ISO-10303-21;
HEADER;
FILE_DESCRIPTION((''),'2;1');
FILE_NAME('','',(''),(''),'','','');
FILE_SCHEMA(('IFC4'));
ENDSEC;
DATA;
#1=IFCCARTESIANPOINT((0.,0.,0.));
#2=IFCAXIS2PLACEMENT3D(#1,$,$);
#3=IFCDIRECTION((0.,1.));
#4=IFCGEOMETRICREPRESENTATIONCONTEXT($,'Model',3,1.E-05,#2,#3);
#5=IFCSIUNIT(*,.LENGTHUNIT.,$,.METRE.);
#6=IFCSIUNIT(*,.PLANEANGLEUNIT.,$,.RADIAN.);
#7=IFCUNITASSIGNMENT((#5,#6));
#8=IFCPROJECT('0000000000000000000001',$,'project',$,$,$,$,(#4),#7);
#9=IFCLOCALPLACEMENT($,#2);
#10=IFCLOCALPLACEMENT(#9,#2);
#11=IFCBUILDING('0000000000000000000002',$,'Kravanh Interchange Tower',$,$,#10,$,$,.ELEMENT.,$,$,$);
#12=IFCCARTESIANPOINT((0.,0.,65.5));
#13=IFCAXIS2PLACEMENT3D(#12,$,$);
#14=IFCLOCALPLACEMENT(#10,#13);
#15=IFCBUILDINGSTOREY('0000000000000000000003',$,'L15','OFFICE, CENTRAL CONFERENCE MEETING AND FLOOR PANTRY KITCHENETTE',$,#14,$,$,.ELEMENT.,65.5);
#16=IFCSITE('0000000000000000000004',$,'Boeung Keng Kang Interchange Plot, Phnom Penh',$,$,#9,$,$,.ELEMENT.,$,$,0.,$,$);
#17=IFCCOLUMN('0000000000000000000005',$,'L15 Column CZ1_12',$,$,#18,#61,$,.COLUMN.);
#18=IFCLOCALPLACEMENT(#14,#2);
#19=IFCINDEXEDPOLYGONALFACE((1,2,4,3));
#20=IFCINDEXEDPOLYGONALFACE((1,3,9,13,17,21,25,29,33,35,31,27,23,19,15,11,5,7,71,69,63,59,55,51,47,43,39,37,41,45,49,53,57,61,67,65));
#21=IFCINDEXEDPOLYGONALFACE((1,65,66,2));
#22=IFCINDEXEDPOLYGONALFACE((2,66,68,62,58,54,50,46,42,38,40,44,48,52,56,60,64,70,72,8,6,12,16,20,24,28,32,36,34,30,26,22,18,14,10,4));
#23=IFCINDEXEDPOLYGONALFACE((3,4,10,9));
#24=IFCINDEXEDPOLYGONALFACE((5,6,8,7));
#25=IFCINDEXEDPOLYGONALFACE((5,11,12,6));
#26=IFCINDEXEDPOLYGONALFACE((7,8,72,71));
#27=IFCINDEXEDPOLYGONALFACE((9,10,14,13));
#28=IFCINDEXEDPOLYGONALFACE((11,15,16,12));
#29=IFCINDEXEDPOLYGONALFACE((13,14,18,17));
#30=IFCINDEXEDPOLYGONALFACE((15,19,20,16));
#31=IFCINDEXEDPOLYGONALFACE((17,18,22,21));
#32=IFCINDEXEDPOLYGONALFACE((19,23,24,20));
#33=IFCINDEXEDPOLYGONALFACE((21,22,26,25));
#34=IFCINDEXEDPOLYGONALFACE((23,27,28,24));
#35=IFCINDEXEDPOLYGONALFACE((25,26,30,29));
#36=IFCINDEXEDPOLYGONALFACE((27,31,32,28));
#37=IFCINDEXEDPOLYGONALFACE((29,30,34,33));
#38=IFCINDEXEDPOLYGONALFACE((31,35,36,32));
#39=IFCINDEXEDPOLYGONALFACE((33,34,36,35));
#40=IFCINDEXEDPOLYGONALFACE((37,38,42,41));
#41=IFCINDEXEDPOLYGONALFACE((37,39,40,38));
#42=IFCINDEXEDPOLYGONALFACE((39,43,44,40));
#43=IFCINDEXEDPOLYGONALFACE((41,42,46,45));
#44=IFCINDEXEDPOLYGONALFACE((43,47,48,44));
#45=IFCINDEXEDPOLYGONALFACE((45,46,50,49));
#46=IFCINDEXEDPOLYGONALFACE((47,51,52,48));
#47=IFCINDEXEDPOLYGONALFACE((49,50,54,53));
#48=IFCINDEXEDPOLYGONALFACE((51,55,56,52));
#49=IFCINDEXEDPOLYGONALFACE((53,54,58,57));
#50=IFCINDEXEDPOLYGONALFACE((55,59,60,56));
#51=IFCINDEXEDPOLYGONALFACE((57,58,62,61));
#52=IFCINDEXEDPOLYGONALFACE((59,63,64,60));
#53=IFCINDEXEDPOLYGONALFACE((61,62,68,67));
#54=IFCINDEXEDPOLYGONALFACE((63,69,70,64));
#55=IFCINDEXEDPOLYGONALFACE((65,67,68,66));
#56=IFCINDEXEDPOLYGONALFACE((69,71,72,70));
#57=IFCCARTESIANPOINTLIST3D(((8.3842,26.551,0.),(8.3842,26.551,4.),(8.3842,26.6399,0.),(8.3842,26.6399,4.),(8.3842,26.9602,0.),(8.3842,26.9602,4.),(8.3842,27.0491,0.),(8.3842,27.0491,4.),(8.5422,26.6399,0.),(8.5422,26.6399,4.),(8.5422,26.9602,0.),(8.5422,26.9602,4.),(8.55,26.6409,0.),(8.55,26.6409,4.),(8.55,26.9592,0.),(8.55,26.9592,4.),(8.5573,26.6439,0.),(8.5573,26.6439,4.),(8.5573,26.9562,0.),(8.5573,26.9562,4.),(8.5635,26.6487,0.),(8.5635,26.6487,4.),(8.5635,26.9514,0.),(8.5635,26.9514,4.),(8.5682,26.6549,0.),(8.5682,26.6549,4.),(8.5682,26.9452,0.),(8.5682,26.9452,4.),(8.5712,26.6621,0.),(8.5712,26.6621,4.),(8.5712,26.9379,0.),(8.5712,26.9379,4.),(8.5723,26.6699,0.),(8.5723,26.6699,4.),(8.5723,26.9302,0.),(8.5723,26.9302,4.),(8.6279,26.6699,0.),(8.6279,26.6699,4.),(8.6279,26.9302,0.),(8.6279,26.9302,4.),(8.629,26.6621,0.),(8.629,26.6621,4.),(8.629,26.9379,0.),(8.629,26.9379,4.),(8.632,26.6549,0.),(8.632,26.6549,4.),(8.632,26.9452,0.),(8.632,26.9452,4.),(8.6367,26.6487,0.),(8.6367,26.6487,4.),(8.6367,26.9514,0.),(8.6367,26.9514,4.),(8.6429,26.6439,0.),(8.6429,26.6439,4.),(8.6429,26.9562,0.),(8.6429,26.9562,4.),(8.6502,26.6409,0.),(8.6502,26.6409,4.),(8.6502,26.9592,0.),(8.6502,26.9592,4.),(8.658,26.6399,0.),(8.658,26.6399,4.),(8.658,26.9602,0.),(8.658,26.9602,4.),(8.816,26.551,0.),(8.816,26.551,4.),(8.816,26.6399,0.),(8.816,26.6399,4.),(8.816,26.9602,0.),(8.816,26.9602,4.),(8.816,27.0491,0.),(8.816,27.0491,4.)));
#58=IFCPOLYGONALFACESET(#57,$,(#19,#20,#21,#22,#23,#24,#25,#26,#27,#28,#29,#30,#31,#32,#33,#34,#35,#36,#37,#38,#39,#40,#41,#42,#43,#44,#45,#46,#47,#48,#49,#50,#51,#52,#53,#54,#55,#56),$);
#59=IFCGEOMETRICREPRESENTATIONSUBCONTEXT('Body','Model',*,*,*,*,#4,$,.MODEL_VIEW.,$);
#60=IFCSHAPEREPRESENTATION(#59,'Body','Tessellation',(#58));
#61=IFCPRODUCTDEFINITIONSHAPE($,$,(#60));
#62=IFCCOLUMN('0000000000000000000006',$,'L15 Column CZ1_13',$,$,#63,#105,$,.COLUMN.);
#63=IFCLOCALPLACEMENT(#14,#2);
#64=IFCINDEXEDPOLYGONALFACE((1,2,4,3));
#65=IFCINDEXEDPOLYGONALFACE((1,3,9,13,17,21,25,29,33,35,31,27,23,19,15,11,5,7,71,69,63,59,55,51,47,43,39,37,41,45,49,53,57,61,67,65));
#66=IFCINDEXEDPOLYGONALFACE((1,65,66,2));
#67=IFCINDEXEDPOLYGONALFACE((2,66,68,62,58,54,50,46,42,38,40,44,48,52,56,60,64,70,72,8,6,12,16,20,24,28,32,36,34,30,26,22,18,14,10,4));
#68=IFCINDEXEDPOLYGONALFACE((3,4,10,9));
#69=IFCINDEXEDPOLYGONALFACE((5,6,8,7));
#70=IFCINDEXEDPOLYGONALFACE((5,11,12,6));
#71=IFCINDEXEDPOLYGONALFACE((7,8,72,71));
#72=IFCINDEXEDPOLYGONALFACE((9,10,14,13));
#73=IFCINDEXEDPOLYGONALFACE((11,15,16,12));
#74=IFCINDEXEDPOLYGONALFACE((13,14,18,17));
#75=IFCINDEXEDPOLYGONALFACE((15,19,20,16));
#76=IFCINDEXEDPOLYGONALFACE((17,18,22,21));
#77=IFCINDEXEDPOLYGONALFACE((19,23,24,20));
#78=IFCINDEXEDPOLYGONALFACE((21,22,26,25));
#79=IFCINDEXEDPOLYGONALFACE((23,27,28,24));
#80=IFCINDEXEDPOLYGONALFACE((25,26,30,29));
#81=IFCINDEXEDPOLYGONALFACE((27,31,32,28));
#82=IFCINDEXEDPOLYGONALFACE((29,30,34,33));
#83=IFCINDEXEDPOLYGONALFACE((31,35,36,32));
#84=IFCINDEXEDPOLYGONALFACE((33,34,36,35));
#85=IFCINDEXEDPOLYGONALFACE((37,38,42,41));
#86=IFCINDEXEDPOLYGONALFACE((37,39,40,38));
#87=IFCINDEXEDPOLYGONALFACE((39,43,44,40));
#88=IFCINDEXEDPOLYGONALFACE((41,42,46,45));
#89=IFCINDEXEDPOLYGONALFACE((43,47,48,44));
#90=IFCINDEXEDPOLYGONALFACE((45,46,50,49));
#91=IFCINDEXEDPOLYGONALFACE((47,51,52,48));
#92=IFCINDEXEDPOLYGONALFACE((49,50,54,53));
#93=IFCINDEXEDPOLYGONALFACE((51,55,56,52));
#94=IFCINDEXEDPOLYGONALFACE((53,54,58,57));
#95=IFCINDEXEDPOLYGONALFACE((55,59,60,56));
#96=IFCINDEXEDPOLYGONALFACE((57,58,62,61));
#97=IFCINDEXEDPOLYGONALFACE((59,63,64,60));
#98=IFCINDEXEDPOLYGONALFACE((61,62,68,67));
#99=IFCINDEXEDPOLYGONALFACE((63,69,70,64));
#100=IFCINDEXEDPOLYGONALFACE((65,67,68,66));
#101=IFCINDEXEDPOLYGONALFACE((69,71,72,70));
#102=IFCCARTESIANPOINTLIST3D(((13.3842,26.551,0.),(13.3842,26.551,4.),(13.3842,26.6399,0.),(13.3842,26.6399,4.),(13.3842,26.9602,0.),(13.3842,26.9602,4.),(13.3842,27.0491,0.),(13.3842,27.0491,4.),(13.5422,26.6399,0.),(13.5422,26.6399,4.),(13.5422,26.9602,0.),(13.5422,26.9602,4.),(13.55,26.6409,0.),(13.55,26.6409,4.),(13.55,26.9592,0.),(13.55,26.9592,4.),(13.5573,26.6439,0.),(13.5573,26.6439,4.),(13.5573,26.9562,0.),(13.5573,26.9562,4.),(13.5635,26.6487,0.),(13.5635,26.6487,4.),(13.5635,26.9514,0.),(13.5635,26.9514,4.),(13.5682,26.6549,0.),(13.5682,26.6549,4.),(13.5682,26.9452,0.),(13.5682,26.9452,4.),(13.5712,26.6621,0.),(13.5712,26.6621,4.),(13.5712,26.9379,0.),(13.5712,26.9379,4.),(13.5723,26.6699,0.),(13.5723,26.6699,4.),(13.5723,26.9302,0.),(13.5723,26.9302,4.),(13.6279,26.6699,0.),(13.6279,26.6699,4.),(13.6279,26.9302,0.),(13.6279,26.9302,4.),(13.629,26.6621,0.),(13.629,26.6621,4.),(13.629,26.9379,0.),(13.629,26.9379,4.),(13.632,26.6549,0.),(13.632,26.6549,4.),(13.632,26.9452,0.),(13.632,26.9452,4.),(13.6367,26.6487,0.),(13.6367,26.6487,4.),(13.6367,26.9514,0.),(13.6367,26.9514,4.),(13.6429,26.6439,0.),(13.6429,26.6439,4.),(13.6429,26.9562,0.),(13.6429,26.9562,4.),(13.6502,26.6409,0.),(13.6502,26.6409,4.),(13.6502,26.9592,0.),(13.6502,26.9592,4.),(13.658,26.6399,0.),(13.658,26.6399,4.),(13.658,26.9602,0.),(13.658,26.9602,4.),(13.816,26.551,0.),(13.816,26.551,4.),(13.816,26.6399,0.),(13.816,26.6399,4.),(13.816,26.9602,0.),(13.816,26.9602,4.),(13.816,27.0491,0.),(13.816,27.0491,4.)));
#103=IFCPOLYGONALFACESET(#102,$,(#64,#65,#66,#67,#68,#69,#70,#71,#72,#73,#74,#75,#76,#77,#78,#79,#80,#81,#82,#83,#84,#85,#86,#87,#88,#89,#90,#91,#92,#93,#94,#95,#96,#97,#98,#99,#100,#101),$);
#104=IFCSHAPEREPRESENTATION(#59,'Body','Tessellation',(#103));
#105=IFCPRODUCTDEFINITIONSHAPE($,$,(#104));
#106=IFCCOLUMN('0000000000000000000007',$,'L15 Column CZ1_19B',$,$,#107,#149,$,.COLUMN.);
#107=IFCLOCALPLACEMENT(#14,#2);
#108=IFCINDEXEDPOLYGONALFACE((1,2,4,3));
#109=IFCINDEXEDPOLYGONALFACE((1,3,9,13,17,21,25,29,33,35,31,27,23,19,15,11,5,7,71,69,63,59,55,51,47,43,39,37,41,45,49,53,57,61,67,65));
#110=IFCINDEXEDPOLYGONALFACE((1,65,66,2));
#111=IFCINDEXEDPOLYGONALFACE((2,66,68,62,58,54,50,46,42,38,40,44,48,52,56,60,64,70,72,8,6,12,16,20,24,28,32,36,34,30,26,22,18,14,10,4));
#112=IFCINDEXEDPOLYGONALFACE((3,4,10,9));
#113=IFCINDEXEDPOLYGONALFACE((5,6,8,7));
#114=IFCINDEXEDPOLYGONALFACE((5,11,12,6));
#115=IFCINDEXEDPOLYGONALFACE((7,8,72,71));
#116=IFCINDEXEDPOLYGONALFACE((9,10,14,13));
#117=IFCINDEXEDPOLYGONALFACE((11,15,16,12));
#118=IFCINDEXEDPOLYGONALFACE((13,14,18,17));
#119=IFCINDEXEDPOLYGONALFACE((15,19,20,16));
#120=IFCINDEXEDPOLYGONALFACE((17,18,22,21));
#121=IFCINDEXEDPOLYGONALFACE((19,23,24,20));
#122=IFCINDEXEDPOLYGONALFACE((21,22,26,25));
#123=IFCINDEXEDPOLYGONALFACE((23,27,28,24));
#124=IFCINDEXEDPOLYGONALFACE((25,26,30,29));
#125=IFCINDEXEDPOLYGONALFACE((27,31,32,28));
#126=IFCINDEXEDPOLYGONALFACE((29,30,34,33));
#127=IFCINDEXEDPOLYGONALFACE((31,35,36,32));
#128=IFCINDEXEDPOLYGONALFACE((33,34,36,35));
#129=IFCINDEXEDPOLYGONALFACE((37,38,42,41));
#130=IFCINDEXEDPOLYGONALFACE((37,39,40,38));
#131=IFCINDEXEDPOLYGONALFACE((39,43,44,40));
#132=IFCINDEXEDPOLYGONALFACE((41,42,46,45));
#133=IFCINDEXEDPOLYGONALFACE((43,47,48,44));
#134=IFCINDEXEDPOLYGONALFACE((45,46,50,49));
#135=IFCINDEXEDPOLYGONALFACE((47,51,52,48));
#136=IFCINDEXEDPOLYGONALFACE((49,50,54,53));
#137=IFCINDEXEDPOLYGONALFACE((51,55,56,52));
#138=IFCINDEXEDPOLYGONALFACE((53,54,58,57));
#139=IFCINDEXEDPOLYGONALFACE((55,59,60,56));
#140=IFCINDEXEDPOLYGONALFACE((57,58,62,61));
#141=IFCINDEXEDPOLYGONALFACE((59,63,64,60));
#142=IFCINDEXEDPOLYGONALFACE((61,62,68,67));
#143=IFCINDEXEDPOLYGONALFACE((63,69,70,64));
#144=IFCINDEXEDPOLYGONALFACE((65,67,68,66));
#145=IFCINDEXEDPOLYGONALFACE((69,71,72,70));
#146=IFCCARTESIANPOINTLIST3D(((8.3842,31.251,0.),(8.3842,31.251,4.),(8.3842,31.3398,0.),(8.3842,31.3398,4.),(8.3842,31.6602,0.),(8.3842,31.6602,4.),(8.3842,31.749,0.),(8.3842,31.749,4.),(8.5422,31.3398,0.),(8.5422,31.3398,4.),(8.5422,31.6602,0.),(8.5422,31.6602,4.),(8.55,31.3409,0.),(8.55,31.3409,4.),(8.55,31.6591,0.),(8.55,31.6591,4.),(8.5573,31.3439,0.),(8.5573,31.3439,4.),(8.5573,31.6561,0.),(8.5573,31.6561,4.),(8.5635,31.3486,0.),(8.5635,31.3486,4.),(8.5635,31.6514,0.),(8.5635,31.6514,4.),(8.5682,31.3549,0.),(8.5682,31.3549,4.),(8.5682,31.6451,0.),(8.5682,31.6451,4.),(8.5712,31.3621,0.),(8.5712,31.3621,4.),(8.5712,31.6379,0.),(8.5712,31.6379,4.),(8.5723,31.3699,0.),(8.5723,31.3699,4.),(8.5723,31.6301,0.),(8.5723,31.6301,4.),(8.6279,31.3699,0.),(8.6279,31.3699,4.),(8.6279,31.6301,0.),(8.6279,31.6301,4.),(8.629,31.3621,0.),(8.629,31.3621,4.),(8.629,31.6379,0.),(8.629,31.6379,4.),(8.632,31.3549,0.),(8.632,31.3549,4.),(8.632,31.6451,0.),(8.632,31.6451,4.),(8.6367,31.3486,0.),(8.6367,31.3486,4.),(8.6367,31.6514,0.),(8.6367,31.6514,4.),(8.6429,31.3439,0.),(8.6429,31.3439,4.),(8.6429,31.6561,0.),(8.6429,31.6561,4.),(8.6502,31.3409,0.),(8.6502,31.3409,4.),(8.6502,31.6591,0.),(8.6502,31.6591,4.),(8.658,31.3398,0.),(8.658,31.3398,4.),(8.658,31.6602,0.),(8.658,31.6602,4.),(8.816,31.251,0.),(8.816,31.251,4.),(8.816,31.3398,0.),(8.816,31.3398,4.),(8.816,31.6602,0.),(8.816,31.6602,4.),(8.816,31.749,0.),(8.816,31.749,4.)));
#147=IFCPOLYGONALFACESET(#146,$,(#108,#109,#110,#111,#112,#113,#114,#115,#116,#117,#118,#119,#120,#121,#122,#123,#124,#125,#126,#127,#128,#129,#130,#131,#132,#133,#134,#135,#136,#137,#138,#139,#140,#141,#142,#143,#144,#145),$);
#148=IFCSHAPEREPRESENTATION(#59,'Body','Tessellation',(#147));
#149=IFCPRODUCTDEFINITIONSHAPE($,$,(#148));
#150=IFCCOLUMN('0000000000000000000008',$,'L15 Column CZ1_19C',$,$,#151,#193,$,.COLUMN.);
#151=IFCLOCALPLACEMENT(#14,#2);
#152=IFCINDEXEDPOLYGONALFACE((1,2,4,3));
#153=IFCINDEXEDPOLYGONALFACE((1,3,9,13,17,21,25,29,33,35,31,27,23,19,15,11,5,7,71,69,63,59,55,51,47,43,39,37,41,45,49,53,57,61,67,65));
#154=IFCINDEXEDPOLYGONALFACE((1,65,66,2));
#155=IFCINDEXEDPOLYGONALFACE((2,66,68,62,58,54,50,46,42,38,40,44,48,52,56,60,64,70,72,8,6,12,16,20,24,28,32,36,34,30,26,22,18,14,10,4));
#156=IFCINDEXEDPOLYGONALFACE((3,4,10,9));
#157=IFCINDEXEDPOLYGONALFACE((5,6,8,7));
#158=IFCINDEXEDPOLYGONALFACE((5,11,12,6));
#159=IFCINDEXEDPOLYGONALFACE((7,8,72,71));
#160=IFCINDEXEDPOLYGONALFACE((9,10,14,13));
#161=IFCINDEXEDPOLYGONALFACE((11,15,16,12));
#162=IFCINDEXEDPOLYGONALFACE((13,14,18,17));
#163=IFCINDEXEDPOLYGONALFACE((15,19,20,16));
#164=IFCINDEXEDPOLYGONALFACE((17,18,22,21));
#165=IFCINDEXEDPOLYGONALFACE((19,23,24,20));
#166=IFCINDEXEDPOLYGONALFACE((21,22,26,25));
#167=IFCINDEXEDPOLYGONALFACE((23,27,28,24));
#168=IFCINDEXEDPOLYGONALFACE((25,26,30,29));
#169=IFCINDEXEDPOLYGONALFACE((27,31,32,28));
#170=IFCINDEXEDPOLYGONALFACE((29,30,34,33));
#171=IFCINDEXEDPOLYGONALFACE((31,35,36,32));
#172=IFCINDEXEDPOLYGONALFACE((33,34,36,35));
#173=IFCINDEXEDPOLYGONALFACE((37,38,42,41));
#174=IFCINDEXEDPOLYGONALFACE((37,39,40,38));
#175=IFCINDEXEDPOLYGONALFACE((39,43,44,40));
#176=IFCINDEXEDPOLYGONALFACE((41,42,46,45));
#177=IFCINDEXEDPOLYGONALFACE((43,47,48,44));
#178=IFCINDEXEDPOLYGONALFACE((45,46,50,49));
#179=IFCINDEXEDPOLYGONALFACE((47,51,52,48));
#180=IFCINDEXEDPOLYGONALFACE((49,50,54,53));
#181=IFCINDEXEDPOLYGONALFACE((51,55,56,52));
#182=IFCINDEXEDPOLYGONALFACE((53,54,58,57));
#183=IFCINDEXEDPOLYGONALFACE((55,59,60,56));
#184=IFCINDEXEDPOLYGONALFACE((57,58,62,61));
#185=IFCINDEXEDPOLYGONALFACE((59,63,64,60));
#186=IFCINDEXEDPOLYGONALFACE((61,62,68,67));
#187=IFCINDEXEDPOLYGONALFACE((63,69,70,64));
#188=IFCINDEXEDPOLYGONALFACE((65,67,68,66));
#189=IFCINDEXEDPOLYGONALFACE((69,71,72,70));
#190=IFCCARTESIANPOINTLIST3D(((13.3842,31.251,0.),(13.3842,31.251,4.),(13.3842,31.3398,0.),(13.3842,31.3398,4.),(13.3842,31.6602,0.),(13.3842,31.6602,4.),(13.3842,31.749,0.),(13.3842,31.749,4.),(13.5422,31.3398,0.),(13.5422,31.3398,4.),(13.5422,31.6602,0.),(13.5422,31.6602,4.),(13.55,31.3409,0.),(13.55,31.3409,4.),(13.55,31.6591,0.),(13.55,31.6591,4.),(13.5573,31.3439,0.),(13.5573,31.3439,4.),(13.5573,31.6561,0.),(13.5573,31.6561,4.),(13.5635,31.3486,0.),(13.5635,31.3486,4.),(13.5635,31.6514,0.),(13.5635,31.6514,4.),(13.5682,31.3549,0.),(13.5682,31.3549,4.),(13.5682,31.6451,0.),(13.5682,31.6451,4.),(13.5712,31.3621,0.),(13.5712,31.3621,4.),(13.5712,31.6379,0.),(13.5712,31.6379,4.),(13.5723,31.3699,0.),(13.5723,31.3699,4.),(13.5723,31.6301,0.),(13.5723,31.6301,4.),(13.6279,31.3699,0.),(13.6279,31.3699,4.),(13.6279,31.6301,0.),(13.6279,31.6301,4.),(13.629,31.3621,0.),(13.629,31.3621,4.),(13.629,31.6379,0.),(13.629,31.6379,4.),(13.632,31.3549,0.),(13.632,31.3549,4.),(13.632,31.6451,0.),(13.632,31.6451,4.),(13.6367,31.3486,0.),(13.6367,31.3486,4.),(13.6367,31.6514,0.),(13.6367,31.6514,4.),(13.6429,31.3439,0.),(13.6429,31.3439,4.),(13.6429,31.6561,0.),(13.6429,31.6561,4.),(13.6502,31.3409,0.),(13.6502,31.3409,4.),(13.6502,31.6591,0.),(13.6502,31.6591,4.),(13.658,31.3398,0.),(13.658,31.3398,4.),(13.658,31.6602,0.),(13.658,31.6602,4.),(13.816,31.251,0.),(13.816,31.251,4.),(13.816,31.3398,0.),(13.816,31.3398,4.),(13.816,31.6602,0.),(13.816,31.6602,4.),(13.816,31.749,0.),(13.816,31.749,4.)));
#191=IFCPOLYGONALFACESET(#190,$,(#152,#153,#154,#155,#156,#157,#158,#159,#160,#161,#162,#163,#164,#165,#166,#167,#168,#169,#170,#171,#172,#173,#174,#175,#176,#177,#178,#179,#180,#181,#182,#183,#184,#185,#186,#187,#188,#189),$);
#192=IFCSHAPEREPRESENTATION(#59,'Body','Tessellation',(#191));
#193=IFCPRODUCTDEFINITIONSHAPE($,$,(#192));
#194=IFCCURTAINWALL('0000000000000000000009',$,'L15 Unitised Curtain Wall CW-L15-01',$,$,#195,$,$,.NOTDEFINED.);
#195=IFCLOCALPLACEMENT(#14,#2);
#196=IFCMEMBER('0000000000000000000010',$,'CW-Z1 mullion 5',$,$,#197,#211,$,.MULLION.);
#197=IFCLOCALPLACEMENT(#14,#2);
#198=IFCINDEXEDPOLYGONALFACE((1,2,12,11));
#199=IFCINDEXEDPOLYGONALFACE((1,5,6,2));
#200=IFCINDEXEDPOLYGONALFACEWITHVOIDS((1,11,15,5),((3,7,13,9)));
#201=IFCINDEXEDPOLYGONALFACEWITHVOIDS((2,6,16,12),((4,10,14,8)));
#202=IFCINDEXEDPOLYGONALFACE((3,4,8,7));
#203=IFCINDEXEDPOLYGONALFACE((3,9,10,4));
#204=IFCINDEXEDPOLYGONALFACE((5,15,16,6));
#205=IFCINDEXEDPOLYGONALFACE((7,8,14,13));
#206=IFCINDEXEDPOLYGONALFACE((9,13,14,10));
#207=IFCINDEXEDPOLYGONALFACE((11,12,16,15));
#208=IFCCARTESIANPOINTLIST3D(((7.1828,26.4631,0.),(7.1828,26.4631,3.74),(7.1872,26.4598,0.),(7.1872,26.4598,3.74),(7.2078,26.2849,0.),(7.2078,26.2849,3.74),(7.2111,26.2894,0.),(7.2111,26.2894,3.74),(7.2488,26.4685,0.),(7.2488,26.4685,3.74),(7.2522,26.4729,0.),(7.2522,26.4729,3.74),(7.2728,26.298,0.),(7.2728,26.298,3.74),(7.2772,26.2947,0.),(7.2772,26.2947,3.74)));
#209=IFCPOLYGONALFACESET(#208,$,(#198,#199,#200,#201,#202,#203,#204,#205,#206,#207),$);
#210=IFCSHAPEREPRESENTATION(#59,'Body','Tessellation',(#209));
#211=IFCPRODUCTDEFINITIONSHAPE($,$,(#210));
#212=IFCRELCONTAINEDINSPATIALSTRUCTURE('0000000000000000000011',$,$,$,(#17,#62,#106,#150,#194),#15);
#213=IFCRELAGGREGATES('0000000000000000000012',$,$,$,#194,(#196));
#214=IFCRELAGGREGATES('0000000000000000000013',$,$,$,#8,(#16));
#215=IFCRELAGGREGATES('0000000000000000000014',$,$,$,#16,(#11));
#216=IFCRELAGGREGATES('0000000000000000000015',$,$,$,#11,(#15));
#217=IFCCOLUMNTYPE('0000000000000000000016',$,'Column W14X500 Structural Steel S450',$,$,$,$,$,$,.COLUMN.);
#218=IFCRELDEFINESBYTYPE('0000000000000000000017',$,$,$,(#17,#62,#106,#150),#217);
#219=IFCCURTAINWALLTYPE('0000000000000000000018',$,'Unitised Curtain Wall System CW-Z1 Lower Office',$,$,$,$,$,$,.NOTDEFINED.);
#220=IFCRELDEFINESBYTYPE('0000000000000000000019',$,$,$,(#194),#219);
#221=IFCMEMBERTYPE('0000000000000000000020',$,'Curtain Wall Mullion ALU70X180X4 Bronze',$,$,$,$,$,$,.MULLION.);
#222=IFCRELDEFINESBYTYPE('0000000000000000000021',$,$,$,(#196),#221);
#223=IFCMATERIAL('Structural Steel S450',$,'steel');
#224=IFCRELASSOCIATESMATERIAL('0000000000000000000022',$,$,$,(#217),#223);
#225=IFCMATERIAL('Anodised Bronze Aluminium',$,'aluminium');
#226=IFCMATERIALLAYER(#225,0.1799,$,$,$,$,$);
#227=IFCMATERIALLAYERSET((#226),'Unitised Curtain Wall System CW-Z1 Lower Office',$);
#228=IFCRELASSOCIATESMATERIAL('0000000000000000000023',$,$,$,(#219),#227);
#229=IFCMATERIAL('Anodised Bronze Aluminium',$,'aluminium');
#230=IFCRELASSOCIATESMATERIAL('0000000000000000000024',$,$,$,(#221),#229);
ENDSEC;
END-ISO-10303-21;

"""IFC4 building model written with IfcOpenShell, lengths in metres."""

from ifc_helpers import new_model, si_unit, direction, frame, origin, origin_2d, place, context, subcontext, project, spatial, hollow_rectangle, i_section, extrude, material, layer, layer_set, material_profile, profile_set, type_object, element, aggregate, save


model = new_model("IFC4")

# Units and contexts
model_context = context("Model", 3, precision=1e-05, world=origin(), true_north=direction((0.0, 1.0)))
body_context = subcontext(model_context, "Body", "Model", "MODEL_VIEW")
ifc_project = project(units=[si_unit("LENGTHUNIT", "METRE"), si_unit("PLANEANGLEUNIT", "RADIAN")], contexts=[model_context])

# Site, building, storey
site_placement = place(None, origin())
site = spatial("IfcSite", under=ifc_project, at=site_placement, Name="Boeung Keng Kang Interchange Plot, Phnom Penh", CompositionType="ELEMENT", RefElevation=0.0)
building_placement = place(site_placement, origin())
building = spatial("IfcBuilding", under=site, at=building_placement, Name="Kravanh Interchange Tower", CompositionType="ELEMENT")
storey_placement = place(building_placement, frame((0.0, 0.0, 65.5)))
storey = spatial("IfcBuildingStorey", under=building, at=storey_placement, Name="L15", Description="OFFICE, CENTRAL CONFERENCE MEETING AND FLOOR PANTRY KITCHENETTE", CompositionType="ELEMENT", Elevation=65.5)

# Columns
ifc_material_1 = material(Name="Structural Steel S450", Category="steel")
ifc_material_profile_1 = material_profile(ifc_material_1, i_section(OverallWidth=0.4319, OverallDepth=0.498, WebThickness=0.0557, FlangeThickness=0.0889, FilletRadius=0.03, at=origin_2d()), Name="W14X500")
ifc_profile_set_1 = profile_set([ifc_material_profile_1], Name="Structural Steel S450")
column_type = type_object("IfcColumnType", Name="Column W14X500 Structural Steel S450", PredefinedType="COLUMN", material=ifc_profile_set_1)
for number, where, z_axis, x_axis, name in (
    (1, (8.6001, 26.8, 0.0), (0.0, 0.0, 1.0), (1.0, 0.0, 0.0), "L15 Column CZ1_12"),
    (2, (13.6001, 26.8, 0.0), (0.0, 0.0, 1.0), (1.0, 0.0, 0.0), "L15 Column CZ1_13"),
    (3, (8.6001, 31.5, 0.0), (0.0, 0.0, 1.0), (1.0, 0.0, 0.0), "L15 Column CZ1_19B"),
    (4, (13.6001, 31.5, 0.0), (0.0, 0.0, 1.0), (1.0, 0.0, 0.0), "L15 Column CZ1_19C"),
):
    element("IfcColumn", number, at=place(storey_placement, frame(where, z_axis=z_axis, x_axis=x_axis)), inside=storey, type_object=column_type, Name=name, PredefinedType="COLUMN", context=body_context, shape_type="SweptSolid", body=[
        extrude(i_section(OverallWidth=0.4319, OverallDepth=0.498, WebThickness=0.0557, FlangeThickness=0.0889, FilletRadius=0.03, at=origin_2d()), origin(), (0.0, 0.0, 1.0), 4.0),
    ])

# Curtain wall, member
ifc_material_2 = material(Name="Anodised Bronze Aluminium", Category="aluminium")
ifc_layer_1 = layer(ifc_material_2, 0.1799)
ifc_layer_set_1 = layer_set([ifc_layer_1], Name="Unitised Curtain Wall System CW-Z1 Lower Office")
curtain_wall_type = type_object("IfcCurtainWallType", Name="Unitised Curtain Wall System CW-Z1 Lower Office", PredefinedType="NOTDEFINED", material=ifc_layer_set_1)
curtain_wall_placement = place(storey_placement, origin())
curtain_wall = element("IfcCurtainWall", 5, at=curtain_wall_placement, inside=storey, type_object=curtain_wall_type, Name="L15 Unitised Curtain Wall CW-L15-01", PredefinedType="NOTDEFINED")
ifc_material_3 = material(Name="Anodised Bronze Aluminium", Category="aluminium")
ifc_material_profile_2 = material_profile(ifc_material_3, hollow_rectangle(XDim=0.0701, YDim=0.1799, WallThickness=0.0039, at=origin_2d()), Name="ALU70X180X4")
ifc_profile_set_2 = profile_set([ifc_material_profile_2], Name="Anodised Bronze Aluminium")
member_type_1 = type_object("IfcMemberType", Name="Curtain Wall Mullion ALU70X180X4 Bronze", PredefinedType="MULLION", material=ifc_profile_set_2)
member_1_placement = place(storey_placement, frame((7.23, 26.3789, 0.0), z_axis=(0.0, 0.0, 1.0), x_axis=(-0.990268, -0.139177, 0.0)))
member_1 = element("IfcMember", 6, at=member_1_placement, type_object=member_type_1, Name="CW-Z1 mullion 5", PredefinedType="MULLION", context=body_context, shape_type="SweptSolid", body=[
    extrude(hollow_rectangle(XDim=0.0701, YDim=0.1799, WallThickness=0.0039, at=origin_2d()), origin(), (0.0, 0.0, 1.0), 3.74),
])

aggregate(curtain_wall, [member_1])

save(model, "model.ifc")
